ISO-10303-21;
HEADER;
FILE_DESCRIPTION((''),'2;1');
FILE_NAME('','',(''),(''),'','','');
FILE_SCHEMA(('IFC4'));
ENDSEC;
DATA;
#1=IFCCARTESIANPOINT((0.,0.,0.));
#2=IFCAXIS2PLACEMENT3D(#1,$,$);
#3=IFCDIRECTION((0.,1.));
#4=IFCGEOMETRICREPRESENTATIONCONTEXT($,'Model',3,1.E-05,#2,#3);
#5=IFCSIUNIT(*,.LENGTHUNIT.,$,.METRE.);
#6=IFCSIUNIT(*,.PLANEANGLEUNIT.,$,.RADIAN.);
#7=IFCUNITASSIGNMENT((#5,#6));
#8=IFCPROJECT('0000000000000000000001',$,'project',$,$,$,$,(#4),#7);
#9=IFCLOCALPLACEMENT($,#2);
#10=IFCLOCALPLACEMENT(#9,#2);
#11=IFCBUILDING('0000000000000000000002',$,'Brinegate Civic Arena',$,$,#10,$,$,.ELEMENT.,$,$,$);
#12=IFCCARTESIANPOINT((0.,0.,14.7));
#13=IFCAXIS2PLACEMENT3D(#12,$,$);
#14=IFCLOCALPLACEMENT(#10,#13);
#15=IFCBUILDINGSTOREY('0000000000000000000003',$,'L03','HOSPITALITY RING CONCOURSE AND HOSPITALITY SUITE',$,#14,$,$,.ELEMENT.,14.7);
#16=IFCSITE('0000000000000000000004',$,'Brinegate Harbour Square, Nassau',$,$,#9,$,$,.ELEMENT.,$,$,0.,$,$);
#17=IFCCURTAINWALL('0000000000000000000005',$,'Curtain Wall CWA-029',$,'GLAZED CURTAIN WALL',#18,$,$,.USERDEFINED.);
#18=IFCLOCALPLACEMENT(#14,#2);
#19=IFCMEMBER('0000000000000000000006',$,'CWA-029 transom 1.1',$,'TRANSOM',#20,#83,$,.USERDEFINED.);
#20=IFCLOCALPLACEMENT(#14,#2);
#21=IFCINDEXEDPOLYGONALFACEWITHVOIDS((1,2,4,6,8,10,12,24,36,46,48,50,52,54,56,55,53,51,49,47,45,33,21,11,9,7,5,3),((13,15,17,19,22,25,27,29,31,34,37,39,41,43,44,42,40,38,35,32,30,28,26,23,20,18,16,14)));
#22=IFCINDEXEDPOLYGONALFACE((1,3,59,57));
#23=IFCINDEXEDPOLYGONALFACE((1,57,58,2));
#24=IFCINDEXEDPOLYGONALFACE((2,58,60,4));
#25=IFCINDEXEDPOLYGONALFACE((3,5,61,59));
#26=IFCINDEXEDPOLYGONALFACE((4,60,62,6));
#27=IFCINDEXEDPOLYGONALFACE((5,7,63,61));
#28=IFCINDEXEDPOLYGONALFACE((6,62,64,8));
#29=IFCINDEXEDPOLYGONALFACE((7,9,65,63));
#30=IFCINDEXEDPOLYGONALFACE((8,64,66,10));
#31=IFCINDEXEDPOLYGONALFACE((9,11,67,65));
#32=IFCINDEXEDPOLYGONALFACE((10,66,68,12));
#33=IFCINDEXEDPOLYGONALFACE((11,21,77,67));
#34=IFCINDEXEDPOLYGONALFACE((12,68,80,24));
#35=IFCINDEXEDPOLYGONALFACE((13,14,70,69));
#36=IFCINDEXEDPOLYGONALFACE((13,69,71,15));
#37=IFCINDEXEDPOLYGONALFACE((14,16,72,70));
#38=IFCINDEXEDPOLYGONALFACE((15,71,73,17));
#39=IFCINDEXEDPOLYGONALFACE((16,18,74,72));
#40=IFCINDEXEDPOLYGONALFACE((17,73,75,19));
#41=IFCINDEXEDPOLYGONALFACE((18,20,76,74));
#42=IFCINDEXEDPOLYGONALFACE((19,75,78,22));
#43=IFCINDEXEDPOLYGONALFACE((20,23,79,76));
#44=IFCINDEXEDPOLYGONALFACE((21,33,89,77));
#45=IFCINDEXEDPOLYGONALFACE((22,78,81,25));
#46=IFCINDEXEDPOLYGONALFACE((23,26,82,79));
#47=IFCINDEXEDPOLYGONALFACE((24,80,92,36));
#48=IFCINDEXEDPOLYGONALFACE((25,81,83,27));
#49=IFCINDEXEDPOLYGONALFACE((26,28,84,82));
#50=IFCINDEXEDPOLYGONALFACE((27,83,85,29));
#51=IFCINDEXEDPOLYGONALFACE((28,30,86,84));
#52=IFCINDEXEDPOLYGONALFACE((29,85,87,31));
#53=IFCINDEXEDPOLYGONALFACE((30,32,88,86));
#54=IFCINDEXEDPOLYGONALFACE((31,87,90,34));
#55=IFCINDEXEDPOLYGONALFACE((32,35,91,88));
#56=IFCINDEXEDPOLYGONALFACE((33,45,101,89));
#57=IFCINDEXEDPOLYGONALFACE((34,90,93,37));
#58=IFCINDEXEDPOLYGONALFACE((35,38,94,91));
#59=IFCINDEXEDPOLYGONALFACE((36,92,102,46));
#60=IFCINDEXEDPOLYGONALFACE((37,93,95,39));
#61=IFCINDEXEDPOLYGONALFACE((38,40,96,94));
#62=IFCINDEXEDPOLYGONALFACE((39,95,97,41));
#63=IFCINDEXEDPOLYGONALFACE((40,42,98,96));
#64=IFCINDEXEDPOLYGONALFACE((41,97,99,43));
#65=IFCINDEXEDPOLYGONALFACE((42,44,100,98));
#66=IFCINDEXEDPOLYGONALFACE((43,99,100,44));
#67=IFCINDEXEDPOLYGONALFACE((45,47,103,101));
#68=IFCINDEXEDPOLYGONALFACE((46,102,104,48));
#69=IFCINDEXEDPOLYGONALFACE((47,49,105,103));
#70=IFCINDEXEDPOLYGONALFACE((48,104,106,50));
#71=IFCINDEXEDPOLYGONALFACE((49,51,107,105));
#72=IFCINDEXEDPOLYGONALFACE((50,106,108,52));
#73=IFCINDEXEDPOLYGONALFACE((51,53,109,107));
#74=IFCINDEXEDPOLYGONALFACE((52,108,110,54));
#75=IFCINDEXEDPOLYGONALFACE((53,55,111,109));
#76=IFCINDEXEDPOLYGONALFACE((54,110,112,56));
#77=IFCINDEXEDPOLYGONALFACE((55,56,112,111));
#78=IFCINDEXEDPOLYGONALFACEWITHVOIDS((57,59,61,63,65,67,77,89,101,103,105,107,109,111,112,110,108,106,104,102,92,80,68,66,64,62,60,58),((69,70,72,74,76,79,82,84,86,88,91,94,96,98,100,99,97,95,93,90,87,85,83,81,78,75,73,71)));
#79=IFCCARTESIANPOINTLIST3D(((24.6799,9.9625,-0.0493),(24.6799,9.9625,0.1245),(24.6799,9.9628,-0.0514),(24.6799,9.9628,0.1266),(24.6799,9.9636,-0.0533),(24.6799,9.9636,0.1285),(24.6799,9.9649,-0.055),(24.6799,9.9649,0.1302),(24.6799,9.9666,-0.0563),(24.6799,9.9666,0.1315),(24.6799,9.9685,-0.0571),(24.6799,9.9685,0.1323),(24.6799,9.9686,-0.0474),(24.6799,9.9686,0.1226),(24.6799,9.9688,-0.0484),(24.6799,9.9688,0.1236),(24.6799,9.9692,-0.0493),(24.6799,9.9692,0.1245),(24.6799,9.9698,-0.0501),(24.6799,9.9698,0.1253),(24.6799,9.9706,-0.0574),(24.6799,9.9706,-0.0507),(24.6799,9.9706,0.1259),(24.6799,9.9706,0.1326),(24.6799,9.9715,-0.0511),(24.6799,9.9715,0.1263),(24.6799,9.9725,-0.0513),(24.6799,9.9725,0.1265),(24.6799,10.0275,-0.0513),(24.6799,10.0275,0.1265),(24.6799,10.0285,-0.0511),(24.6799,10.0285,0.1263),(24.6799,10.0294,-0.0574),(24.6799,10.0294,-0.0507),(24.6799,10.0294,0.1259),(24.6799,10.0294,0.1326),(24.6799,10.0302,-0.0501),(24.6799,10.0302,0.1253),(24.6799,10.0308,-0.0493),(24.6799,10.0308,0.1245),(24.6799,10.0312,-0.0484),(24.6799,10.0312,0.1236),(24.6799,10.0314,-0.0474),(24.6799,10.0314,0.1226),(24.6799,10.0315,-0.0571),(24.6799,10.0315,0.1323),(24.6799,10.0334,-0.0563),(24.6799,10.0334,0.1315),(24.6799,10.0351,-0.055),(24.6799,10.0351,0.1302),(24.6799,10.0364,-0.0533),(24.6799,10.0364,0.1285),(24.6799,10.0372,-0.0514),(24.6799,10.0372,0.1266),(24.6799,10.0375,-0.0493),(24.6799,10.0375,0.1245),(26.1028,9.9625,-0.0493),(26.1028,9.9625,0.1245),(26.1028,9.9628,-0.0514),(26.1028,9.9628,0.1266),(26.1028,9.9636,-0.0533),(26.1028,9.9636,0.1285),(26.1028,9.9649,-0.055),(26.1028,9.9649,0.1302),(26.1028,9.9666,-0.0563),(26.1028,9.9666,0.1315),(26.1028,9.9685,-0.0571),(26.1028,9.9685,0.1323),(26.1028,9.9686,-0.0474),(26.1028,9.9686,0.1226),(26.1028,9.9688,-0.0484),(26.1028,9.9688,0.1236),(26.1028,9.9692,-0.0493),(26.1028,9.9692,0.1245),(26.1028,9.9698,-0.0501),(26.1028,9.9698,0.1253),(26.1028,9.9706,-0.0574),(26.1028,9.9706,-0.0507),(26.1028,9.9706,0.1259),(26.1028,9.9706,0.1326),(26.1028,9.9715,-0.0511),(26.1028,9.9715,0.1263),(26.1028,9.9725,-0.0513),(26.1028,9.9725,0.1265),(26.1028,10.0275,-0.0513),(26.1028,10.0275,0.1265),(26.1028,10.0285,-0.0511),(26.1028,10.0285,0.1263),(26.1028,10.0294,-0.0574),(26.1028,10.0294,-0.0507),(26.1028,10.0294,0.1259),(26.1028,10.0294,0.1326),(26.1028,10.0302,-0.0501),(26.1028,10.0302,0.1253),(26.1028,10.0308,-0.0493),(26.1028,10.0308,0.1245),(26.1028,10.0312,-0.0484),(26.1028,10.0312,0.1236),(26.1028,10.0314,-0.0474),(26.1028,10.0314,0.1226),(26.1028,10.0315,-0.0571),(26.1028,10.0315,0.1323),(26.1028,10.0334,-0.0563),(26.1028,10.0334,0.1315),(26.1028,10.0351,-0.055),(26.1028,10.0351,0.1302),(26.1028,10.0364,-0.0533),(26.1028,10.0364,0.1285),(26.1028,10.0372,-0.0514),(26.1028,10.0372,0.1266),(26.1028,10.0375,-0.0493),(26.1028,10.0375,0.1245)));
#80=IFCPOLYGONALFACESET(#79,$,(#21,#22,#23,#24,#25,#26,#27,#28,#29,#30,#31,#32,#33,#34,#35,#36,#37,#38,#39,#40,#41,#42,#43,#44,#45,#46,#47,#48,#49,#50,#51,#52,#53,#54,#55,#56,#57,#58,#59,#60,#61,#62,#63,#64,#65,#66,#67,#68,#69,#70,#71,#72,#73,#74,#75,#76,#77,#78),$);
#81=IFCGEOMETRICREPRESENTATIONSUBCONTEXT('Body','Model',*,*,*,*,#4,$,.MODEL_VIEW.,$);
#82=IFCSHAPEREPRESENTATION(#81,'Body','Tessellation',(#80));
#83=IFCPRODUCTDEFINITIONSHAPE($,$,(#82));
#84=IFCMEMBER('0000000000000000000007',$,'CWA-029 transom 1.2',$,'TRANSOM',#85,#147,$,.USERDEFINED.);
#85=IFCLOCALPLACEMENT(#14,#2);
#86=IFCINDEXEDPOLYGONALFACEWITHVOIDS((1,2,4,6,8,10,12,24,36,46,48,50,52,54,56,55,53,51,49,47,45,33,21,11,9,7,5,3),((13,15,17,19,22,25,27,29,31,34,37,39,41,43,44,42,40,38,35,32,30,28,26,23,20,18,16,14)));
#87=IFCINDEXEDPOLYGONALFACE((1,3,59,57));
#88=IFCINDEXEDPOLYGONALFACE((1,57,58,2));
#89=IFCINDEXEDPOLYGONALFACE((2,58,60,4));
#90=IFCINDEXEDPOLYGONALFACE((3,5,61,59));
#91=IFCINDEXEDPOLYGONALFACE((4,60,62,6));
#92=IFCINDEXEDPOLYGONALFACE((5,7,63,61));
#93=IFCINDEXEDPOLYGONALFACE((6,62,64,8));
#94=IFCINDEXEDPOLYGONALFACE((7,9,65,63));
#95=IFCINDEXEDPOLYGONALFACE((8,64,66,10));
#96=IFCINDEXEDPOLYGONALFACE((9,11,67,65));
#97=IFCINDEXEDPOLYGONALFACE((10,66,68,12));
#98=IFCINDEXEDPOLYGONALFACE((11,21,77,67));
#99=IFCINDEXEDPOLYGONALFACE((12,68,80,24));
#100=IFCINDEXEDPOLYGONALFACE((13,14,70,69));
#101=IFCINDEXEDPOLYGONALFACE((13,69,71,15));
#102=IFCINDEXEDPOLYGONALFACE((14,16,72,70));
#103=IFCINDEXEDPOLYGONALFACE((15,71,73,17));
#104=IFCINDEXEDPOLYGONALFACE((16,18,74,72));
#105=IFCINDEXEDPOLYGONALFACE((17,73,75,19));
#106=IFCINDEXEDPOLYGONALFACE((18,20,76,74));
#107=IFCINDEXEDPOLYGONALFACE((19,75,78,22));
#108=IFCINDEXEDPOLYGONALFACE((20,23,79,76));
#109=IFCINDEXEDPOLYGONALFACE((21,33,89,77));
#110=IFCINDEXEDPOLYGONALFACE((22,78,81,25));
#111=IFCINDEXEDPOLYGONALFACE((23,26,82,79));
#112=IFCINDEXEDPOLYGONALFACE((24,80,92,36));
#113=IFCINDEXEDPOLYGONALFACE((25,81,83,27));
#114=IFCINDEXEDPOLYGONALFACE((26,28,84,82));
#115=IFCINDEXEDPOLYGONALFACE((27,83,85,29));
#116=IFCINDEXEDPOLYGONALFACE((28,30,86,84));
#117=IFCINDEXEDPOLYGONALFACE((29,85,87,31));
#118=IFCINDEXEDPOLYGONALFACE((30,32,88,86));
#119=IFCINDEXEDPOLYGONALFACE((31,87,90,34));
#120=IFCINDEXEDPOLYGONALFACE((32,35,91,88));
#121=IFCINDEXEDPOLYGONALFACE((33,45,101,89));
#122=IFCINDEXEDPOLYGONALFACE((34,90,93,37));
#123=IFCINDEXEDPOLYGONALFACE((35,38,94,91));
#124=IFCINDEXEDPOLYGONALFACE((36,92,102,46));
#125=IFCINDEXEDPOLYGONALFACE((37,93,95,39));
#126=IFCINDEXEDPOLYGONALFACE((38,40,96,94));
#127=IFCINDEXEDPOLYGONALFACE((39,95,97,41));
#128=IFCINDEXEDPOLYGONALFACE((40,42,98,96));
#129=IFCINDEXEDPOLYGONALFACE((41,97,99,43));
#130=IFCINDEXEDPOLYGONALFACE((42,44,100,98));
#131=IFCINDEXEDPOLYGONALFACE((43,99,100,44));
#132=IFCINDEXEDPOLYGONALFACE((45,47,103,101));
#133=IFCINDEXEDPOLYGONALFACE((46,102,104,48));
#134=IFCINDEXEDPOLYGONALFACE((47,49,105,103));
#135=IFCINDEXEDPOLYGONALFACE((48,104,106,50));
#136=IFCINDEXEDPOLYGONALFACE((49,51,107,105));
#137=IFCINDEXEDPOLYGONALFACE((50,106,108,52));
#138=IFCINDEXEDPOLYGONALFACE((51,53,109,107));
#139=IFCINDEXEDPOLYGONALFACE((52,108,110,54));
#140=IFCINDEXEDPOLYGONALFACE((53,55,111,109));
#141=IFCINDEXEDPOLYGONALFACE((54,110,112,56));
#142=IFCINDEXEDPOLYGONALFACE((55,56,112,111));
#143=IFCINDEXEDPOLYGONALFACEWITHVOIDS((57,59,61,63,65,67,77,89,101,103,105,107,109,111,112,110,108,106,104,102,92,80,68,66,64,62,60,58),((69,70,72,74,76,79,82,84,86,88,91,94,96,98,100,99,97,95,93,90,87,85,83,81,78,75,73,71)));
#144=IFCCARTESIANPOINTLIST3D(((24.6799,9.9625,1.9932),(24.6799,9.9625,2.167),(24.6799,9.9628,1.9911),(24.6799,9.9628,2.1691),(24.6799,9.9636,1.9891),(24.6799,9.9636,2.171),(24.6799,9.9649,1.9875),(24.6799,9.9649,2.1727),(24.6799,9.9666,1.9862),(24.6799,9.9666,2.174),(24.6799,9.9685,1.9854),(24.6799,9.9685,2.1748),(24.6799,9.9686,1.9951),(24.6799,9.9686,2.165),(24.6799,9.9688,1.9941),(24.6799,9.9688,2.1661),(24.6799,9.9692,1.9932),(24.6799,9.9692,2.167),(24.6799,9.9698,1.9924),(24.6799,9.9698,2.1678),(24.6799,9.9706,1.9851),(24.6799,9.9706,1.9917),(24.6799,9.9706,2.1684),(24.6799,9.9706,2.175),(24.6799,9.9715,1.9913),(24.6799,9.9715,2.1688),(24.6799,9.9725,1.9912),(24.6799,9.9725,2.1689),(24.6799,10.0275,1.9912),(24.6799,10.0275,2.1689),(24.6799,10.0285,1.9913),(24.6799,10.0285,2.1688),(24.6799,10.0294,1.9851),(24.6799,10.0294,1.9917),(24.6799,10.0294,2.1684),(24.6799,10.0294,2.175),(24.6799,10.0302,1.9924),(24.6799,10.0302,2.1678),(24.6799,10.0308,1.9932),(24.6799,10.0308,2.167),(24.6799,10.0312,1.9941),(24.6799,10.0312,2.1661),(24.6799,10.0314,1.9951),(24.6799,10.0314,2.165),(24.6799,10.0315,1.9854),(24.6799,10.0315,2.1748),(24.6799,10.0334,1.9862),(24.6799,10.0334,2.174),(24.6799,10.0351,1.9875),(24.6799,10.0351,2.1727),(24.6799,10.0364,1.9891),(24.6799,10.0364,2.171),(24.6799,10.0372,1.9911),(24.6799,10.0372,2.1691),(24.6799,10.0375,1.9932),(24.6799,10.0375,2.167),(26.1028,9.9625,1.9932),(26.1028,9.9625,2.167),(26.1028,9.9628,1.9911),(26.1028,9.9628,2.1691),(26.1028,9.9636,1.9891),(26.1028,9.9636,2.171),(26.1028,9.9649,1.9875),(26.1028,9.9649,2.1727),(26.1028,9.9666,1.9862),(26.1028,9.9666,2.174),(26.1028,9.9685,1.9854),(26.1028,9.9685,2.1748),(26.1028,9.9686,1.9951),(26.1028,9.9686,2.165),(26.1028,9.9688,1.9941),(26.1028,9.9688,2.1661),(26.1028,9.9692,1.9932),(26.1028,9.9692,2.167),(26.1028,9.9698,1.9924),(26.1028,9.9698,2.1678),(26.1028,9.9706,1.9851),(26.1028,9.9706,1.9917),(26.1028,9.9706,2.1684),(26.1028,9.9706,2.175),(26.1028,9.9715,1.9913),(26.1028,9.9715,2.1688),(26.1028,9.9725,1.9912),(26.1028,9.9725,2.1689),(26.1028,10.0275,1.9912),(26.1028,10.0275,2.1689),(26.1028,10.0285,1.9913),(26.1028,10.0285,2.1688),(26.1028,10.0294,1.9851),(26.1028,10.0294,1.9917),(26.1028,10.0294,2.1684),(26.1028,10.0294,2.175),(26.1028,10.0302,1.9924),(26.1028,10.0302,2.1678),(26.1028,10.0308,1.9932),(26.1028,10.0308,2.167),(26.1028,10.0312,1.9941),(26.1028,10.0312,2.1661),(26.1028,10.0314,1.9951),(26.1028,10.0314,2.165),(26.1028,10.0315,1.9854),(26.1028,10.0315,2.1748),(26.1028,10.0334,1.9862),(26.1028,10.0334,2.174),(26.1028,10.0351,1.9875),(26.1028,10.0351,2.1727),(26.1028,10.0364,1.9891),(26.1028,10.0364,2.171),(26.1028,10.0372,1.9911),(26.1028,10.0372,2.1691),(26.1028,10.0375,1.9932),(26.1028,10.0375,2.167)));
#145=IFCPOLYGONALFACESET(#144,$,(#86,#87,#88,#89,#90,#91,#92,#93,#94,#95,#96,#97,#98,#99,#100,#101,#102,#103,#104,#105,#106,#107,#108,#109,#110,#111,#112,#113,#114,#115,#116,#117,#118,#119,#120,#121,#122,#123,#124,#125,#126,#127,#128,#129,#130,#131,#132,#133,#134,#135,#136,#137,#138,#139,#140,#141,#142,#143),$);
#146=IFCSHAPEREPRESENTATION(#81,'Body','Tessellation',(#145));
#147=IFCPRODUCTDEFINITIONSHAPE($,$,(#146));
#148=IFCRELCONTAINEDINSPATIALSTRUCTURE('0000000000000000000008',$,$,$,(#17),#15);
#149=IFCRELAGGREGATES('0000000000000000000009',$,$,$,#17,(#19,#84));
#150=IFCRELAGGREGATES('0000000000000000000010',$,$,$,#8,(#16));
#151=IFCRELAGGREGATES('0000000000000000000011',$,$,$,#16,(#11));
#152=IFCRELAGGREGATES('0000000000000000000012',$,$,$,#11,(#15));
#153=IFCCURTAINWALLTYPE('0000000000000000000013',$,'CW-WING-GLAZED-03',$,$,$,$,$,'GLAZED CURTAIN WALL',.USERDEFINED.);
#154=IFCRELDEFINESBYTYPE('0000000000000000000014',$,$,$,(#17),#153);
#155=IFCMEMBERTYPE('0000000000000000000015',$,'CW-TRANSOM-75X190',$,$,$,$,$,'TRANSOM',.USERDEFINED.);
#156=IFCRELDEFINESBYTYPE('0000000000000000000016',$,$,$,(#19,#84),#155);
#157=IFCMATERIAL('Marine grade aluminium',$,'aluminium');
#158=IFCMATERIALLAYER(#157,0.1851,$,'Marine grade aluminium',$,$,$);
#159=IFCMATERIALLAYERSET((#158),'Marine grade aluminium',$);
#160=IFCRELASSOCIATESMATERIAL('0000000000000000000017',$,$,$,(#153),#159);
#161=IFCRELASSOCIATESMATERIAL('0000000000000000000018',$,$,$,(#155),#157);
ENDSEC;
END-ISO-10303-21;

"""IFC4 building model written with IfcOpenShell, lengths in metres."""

from ifc_helpers import new_model, si_unit, direction, frame, origin, origin_2d, place, context, subcontext, project, spatial, hollow_rectangle, extrude, material, layer, layer_set, material_profile, profile_set, type_object, element, aggregate, save


model = new_model("IFC4")

# Units and contexts
model_context = context("Model", 3, precision=1e-05, world=origin(), true_north=direction((0.0, 1.0)))
body_context = subcontext(model_context, "Body", "Model", "MODEL_VIEW")
ifc_project = project(units=[si_unit("LENGTHUNIT", "METRE"), si_unit("PLANEANGLEUNIT", "RADIAN")], contexts=[model_context])

# Site, building, storey
site_placement = place(None, origin())
site = spatial("IfcSite", under=ifc_project, at=site_placement, Name="Brinegate Harbour Square, Nassau", CompositionType="ELEMENT", RefElevation=0.0)
building_placement = place(site_placement, origin())
building = spatial("IfcBuilding", under=site, at=building_placement, Name="Brinegate Civic Arena", CompositionType="ELEMENT")
storey_placement = place(building_placement, frame((0.0, 0.0, 14.7)))
storey = spatial("IfcBuildingStorey", under=building, at=storey_placement, Name="L03", Description="HOSPITALITY RING CONCOURSE AND HOSPITALITY SUITE", CompositionType="ELEMENT", Elevation=14.7)

# Shared definitions
ifc_material_1 = material(Name="Marine grade aluminium", Category="aluminium")
ifc_layer_1 = layer(ifc_material_1, 0.1851, Name="Marine grade aluminium")
ifc_layer_set_1 = layer_set([ifc_layer_1], Name="Marine grade aluminium")
curtain_wall_type = type_object("IfcCurtainWallType", Name="CW-WING-GLAZED-03", ElementType="GLAZED CURTAIN WALL", PredefinedType="USERDEFINED", material=ifc_layer_set_1)

# Curtain wall
curtain_wall_1_placement = place(storey_placement, origin())
curtain_wall_1 = element("IfcCurtainWall", 1, at=curtain_wall_1_placement, inside=storey, type_object=curtain_wall_type, Name="Curtain Wall CWA-029", ObjectType="GLAZED CURTAIN WALL", PredefinedType="USERDEFINED")

# Members
ifc_material_profile_1 = material_profile(ifc_material_1, hollow_rectangle(XDim=0.075, YDim=0.1899, WallThickness=0.0061, InnerFilletRadius=0.0039, OuterFilletRadius=0.0081, at=origin_2d()), Name="TRN75X190")
ifc_profile_set_1 = profile_set([ifc_material_profile_1], Name="Marine grade aluminium")
member_type_1 = type_object("IfcMemberType", Name="CW-TRANSOM-75X190", ElementType="TRANSOM", PredefinedType="USERDEFINED", material=ifc_profile_set_1)
member_1_placement = place(storey_placement, frame((24.6799, 10.0, 0.0376), z_axis=(1.0, 0.0, 0.0), x_axis=(0.0, 1.0, 0.0)))
member_1 = element("IfcMember", 2, at=member_1_placement, type_object=member_type_1, Name="CWA-029 transom 1.1", ObjectType="TRANSOM", PredefinedType="USERDEFINED", context=body_context, shape_type="SweptSolid", body=[
    extrude(hollow_rectangle(XDim=0.075, YDim=0.1899, WallThickness=0.0061, InnerFilletRadius=0.0039, OuterFilletRadius=0.0081, at=origin_2d()), origin(), (0.0, 0.0, 1.0), 1.4229),
])
member_2_placement = place(storey_placement, frame((24.6799, 10.0, 2.0801), z_axis=(1.0, 0.0, 0.0), x_axis=(0.0, 1.0, 0.0)))
member_2 = element("IfcMember", 3, at=member_2_placement, type_object=member_type_1, Name="CWA-029 transom 1.2", ObjectType="TRANSOM", PredefinedType="USERDEFINED", context=body_context, shape_type="SweptSolid", body=[
    extrude(hollow_rectangle(XDim=0.075, YDim=0.1899, WallThickness=0.0061, InnerFilletRadius=0.0039, OuterFilletRadius=0.0081, at=origin_2d()), origin(), (0.0, 0.0, 1.0), 1.4229),
])

aggregate(curtain_wall_1, [member_1, member_2])

save(model, "model.ifc")
